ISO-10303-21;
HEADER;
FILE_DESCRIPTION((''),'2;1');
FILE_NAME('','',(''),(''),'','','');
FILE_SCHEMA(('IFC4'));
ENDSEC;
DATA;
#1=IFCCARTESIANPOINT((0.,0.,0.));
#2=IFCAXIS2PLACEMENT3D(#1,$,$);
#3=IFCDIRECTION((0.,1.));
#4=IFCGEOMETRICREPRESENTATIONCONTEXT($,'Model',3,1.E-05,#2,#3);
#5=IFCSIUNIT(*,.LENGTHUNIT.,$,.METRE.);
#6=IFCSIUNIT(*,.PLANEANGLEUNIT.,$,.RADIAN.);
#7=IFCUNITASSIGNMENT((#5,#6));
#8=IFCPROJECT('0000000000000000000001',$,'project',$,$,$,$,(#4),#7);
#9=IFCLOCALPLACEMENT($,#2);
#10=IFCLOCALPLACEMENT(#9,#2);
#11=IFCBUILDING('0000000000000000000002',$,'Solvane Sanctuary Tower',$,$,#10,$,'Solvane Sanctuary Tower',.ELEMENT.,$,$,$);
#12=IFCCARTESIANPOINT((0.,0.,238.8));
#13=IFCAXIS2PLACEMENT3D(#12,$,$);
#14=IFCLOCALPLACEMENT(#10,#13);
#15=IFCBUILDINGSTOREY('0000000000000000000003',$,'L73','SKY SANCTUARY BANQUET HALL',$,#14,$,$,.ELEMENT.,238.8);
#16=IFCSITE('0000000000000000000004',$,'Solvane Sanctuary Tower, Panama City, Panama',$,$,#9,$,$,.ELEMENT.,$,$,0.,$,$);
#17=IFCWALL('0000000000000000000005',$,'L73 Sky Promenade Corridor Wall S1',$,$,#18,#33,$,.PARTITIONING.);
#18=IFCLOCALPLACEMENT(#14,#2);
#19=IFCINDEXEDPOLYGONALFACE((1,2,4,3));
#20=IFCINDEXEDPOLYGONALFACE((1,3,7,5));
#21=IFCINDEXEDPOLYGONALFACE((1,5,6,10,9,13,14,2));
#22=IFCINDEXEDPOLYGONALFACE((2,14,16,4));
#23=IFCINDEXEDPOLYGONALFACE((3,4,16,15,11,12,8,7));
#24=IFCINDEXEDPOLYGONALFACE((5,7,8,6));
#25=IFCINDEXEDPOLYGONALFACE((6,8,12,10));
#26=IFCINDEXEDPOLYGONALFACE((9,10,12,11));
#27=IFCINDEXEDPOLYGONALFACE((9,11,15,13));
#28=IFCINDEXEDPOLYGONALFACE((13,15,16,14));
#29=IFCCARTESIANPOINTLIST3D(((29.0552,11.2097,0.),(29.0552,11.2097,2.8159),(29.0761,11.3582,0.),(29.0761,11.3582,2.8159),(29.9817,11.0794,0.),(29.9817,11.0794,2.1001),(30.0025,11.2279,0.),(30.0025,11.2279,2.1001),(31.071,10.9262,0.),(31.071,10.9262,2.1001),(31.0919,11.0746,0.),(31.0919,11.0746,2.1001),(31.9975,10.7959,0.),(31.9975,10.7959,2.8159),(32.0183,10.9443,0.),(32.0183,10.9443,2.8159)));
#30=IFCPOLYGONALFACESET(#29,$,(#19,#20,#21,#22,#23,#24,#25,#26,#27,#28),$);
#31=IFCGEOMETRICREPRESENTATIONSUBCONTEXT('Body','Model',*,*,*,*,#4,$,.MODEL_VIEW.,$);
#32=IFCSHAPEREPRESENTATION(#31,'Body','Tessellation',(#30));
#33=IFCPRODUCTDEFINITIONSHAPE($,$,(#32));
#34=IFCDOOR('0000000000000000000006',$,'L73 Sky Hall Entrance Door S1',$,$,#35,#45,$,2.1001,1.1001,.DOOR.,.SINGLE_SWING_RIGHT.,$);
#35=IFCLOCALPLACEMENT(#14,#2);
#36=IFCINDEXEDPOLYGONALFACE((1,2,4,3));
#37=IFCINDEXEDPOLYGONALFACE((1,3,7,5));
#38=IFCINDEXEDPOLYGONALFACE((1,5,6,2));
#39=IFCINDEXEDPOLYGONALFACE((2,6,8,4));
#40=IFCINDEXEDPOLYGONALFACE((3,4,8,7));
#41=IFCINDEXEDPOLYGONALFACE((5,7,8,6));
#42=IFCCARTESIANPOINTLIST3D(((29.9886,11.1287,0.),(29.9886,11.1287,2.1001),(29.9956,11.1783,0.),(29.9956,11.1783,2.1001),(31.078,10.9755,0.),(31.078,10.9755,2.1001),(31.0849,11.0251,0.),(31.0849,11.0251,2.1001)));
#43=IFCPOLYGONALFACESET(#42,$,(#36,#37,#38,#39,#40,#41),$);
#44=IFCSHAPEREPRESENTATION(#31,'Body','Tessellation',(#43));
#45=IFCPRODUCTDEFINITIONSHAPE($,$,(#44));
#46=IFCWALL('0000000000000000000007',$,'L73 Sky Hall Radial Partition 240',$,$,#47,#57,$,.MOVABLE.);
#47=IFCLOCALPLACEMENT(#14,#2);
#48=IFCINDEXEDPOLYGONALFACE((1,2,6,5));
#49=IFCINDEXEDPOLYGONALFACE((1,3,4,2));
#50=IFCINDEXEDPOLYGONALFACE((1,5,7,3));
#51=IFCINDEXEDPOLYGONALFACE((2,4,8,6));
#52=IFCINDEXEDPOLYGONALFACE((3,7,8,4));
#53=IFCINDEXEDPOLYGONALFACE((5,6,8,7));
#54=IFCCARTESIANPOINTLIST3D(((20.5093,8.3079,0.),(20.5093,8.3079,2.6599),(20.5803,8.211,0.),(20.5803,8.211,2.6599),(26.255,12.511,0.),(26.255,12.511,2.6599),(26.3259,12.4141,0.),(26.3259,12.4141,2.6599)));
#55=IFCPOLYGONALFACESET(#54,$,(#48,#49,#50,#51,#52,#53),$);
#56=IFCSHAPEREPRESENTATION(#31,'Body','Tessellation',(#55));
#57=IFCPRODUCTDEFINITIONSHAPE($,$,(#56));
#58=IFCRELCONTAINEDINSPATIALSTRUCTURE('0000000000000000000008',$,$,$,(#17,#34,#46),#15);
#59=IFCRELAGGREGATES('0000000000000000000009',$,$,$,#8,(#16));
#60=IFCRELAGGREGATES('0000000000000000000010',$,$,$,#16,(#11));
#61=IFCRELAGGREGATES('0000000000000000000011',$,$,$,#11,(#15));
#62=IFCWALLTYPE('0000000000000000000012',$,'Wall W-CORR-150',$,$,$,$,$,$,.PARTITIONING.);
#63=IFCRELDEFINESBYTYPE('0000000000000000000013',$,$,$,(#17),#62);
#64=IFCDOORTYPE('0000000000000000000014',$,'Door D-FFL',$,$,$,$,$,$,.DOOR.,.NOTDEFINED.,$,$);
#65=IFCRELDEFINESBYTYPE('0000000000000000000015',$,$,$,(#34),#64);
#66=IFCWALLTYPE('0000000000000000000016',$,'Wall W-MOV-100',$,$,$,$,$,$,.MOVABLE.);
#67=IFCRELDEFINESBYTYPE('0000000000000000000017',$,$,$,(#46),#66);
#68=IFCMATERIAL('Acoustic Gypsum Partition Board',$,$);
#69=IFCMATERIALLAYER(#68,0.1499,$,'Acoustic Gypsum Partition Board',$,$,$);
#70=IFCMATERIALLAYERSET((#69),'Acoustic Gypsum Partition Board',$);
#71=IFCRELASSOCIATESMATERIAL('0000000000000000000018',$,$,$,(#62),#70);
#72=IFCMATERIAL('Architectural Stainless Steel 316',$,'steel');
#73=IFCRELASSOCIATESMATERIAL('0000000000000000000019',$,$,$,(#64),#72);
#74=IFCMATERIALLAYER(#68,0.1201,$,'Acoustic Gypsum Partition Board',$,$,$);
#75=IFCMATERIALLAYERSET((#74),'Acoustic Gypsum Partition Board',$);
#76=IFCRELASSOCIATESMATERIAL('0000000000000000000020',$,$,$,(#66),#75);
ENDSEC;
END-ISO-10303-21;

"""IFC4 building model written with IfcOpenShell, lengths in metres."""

from ifc_helpers import new_model, si_unit, direction, frame, frame_2d, origin, place, context, subcontext, project, spatial, rectangle, extrude, material, layer, layer_set, type_object, element, fill, save


model = new_model("IFC4")

# Units and contexts
model_context = context("Model", 3, precision=1e-05, world=origin(), true_north=direction((0.0, 1.0)))
body_context = subcontext(model_context, "Body", "Model", "MODEL_VIEW")
ifc_project = project(units=[si_unit("LENGTHUNIT", "METRE"), si_unit("PLANEANGLEUNIT", "RADIAN")], contexts=[model_context])

# Site, building, storey
site_placement = place(None, origin())
site = spatial("IfcSite", under=ifc_project, at=site_placement, Name="Solvane Sanctuary Tower, Panama City, Panama", CompositionType="ELEMENT", RefElevation=0.0)
building_placement = place(site_placement, origin())
building = spatial("IfcBuilding", under=site, at=building_placement, Name="Solvane Sanctuary Tower", LongName="Solvane Sanctuary Tower", CompositionType="ELEMENT")
storey_placement = place(building_placement, frame((0.0, 0.0, 238.8)))
storey = spatial("IfcBuildingStorey", under=building, at=storey_placement, Name="L73", Description="SKY SANCTUARY BANQUET HALL", CompositionType="ELEMENT", Elevation=238.8)

# Shared definitions
ifc_material_1 = material(Name="Acoustic Gypsum Partition Board")
ifc_layer_1 = layer(ifc_material_1, 0.1499, Name="Acoustic Gypsum Partition Board")
ifc_layer_set_1 = layer_set([ifc_layer_1], Name="Acoustic Gypsum Partition Board")
wall_type_1 = type_object("IfcWallType", Name="Wall W-CORR-150", PredefinedType="PARTITIONING", material=ifc_layer_set_1)

# Wall, opening, door
wall_1_placement = place(storey_placement, frame((29.0657, 11.2839, 0.0), z_axis=(0.0, 0.0, 1.0), x_axis=(0.990253, -0.139281, 0.0)))
wall_1 = element("IfcWall", 1, at=wall_1_placement, inside=storey, type_object=wall_type_1, Name="L73 Sky Promenade Corridor Wall S1", PredefinedType="PARTITIONING", context=body_context, shape_type="SweptSolid", body=[
    extrude(rectangle(XDim=2.9712, YDim=0.1499, at=frame_2d((1.4856, 0.0))), origin(), (0.0, 0.0, 1.0), 2.8159),
])
opening_1_placement = place(wall_1_placement, frame((0.9355, 0.0, 0.0)))
opening_1 = element("IfcOpeningElement", 2, at=opening_1_placement, cuts=wall_1, PredefinedType="OPENING", context=body_context, shape_type="SweptSolid", body=[
    extrude(rectangle(XDim=1.1001, YDim=2.1001, at=frame_2d((0.55, 1.05))), frame((0.0, 0.085, 0.0), z_axis=(0.0, -1.0, 0.0), x_axis=(1.0, 0.0, 0.0)), (0.0, 0.0, 1.0), 0.1699),
])
ifc_material_2 = material(Name="Architectural Stainless Steel 316", Category="steel")
door_type_1 = type_object("IfcDoorType", Name="Door D-FFL", OperationType="NOTDEFINED", PredefinedType="DOOR", material=ifc_material_2)
door_1_placement = place(opening_1_placement, origin())
door_1 = element("IfcDoor", 3, at=door_1_placement, inside=storey, type_object=door_type_1, Name="L73 Sky Hall Entrance Door S1", OperationType="SINGLE_SWING_RIGHT", OverallHeight=2.1001, OverallWidth=1.1001, PredefinedType="DOOR", context=body_context, shape_type="SweptSolid", body=[
    extrude(rectangle(XDim=1.1001, YDim=2.1001, at=frame_2d((0.55, 1.05))), frame((0.0, 0.0249, 0.0), z_axis=(0.0, -1.0, 0.0), x_axis=(1.0, 0.0, 0.0)), (0.0, 0.0, 1.0), 0.05),
])
fill(opening_1, door_1)

# Wall
ifc_layer_2 = layer(ifc_material_1, 0.1201, Name="Acoustic Gypsum Partition Board")
ifc_layer_set_2 = layer_set([ifc_layer_2], Name="Acoustic Gypsum Partition Board")
wall_type_2 = type_object("IfcWallType", Name="Wall W-MOV-100", PredefinedType="MOVABLE", material=ifc_layer_set_2)
wall_2_placement = place(storey_placement, frame((26.2905, 12.4626, 0.0), z_axis=(0.0, 0.0, 1.0), x_axis=(-0.807096, -0.590421, 0.0)))
element("IfcWall", 4, at=wall_2_placement, inside=storey, type_object=wall_type_2, Name="L73 Sky Hall Radial Partition 240", PredefinedType="MOVABLE", context=body_context, shape_type="SweptSolid", body=[
    extrude(rectangle(XDim=7.1189, YDim=0.1201, at=frame_2d((3.5596, 0.0))), origin(), (0.0, 0.0, 1.0), 2.6599),
])

save(model, "model.ifc")
